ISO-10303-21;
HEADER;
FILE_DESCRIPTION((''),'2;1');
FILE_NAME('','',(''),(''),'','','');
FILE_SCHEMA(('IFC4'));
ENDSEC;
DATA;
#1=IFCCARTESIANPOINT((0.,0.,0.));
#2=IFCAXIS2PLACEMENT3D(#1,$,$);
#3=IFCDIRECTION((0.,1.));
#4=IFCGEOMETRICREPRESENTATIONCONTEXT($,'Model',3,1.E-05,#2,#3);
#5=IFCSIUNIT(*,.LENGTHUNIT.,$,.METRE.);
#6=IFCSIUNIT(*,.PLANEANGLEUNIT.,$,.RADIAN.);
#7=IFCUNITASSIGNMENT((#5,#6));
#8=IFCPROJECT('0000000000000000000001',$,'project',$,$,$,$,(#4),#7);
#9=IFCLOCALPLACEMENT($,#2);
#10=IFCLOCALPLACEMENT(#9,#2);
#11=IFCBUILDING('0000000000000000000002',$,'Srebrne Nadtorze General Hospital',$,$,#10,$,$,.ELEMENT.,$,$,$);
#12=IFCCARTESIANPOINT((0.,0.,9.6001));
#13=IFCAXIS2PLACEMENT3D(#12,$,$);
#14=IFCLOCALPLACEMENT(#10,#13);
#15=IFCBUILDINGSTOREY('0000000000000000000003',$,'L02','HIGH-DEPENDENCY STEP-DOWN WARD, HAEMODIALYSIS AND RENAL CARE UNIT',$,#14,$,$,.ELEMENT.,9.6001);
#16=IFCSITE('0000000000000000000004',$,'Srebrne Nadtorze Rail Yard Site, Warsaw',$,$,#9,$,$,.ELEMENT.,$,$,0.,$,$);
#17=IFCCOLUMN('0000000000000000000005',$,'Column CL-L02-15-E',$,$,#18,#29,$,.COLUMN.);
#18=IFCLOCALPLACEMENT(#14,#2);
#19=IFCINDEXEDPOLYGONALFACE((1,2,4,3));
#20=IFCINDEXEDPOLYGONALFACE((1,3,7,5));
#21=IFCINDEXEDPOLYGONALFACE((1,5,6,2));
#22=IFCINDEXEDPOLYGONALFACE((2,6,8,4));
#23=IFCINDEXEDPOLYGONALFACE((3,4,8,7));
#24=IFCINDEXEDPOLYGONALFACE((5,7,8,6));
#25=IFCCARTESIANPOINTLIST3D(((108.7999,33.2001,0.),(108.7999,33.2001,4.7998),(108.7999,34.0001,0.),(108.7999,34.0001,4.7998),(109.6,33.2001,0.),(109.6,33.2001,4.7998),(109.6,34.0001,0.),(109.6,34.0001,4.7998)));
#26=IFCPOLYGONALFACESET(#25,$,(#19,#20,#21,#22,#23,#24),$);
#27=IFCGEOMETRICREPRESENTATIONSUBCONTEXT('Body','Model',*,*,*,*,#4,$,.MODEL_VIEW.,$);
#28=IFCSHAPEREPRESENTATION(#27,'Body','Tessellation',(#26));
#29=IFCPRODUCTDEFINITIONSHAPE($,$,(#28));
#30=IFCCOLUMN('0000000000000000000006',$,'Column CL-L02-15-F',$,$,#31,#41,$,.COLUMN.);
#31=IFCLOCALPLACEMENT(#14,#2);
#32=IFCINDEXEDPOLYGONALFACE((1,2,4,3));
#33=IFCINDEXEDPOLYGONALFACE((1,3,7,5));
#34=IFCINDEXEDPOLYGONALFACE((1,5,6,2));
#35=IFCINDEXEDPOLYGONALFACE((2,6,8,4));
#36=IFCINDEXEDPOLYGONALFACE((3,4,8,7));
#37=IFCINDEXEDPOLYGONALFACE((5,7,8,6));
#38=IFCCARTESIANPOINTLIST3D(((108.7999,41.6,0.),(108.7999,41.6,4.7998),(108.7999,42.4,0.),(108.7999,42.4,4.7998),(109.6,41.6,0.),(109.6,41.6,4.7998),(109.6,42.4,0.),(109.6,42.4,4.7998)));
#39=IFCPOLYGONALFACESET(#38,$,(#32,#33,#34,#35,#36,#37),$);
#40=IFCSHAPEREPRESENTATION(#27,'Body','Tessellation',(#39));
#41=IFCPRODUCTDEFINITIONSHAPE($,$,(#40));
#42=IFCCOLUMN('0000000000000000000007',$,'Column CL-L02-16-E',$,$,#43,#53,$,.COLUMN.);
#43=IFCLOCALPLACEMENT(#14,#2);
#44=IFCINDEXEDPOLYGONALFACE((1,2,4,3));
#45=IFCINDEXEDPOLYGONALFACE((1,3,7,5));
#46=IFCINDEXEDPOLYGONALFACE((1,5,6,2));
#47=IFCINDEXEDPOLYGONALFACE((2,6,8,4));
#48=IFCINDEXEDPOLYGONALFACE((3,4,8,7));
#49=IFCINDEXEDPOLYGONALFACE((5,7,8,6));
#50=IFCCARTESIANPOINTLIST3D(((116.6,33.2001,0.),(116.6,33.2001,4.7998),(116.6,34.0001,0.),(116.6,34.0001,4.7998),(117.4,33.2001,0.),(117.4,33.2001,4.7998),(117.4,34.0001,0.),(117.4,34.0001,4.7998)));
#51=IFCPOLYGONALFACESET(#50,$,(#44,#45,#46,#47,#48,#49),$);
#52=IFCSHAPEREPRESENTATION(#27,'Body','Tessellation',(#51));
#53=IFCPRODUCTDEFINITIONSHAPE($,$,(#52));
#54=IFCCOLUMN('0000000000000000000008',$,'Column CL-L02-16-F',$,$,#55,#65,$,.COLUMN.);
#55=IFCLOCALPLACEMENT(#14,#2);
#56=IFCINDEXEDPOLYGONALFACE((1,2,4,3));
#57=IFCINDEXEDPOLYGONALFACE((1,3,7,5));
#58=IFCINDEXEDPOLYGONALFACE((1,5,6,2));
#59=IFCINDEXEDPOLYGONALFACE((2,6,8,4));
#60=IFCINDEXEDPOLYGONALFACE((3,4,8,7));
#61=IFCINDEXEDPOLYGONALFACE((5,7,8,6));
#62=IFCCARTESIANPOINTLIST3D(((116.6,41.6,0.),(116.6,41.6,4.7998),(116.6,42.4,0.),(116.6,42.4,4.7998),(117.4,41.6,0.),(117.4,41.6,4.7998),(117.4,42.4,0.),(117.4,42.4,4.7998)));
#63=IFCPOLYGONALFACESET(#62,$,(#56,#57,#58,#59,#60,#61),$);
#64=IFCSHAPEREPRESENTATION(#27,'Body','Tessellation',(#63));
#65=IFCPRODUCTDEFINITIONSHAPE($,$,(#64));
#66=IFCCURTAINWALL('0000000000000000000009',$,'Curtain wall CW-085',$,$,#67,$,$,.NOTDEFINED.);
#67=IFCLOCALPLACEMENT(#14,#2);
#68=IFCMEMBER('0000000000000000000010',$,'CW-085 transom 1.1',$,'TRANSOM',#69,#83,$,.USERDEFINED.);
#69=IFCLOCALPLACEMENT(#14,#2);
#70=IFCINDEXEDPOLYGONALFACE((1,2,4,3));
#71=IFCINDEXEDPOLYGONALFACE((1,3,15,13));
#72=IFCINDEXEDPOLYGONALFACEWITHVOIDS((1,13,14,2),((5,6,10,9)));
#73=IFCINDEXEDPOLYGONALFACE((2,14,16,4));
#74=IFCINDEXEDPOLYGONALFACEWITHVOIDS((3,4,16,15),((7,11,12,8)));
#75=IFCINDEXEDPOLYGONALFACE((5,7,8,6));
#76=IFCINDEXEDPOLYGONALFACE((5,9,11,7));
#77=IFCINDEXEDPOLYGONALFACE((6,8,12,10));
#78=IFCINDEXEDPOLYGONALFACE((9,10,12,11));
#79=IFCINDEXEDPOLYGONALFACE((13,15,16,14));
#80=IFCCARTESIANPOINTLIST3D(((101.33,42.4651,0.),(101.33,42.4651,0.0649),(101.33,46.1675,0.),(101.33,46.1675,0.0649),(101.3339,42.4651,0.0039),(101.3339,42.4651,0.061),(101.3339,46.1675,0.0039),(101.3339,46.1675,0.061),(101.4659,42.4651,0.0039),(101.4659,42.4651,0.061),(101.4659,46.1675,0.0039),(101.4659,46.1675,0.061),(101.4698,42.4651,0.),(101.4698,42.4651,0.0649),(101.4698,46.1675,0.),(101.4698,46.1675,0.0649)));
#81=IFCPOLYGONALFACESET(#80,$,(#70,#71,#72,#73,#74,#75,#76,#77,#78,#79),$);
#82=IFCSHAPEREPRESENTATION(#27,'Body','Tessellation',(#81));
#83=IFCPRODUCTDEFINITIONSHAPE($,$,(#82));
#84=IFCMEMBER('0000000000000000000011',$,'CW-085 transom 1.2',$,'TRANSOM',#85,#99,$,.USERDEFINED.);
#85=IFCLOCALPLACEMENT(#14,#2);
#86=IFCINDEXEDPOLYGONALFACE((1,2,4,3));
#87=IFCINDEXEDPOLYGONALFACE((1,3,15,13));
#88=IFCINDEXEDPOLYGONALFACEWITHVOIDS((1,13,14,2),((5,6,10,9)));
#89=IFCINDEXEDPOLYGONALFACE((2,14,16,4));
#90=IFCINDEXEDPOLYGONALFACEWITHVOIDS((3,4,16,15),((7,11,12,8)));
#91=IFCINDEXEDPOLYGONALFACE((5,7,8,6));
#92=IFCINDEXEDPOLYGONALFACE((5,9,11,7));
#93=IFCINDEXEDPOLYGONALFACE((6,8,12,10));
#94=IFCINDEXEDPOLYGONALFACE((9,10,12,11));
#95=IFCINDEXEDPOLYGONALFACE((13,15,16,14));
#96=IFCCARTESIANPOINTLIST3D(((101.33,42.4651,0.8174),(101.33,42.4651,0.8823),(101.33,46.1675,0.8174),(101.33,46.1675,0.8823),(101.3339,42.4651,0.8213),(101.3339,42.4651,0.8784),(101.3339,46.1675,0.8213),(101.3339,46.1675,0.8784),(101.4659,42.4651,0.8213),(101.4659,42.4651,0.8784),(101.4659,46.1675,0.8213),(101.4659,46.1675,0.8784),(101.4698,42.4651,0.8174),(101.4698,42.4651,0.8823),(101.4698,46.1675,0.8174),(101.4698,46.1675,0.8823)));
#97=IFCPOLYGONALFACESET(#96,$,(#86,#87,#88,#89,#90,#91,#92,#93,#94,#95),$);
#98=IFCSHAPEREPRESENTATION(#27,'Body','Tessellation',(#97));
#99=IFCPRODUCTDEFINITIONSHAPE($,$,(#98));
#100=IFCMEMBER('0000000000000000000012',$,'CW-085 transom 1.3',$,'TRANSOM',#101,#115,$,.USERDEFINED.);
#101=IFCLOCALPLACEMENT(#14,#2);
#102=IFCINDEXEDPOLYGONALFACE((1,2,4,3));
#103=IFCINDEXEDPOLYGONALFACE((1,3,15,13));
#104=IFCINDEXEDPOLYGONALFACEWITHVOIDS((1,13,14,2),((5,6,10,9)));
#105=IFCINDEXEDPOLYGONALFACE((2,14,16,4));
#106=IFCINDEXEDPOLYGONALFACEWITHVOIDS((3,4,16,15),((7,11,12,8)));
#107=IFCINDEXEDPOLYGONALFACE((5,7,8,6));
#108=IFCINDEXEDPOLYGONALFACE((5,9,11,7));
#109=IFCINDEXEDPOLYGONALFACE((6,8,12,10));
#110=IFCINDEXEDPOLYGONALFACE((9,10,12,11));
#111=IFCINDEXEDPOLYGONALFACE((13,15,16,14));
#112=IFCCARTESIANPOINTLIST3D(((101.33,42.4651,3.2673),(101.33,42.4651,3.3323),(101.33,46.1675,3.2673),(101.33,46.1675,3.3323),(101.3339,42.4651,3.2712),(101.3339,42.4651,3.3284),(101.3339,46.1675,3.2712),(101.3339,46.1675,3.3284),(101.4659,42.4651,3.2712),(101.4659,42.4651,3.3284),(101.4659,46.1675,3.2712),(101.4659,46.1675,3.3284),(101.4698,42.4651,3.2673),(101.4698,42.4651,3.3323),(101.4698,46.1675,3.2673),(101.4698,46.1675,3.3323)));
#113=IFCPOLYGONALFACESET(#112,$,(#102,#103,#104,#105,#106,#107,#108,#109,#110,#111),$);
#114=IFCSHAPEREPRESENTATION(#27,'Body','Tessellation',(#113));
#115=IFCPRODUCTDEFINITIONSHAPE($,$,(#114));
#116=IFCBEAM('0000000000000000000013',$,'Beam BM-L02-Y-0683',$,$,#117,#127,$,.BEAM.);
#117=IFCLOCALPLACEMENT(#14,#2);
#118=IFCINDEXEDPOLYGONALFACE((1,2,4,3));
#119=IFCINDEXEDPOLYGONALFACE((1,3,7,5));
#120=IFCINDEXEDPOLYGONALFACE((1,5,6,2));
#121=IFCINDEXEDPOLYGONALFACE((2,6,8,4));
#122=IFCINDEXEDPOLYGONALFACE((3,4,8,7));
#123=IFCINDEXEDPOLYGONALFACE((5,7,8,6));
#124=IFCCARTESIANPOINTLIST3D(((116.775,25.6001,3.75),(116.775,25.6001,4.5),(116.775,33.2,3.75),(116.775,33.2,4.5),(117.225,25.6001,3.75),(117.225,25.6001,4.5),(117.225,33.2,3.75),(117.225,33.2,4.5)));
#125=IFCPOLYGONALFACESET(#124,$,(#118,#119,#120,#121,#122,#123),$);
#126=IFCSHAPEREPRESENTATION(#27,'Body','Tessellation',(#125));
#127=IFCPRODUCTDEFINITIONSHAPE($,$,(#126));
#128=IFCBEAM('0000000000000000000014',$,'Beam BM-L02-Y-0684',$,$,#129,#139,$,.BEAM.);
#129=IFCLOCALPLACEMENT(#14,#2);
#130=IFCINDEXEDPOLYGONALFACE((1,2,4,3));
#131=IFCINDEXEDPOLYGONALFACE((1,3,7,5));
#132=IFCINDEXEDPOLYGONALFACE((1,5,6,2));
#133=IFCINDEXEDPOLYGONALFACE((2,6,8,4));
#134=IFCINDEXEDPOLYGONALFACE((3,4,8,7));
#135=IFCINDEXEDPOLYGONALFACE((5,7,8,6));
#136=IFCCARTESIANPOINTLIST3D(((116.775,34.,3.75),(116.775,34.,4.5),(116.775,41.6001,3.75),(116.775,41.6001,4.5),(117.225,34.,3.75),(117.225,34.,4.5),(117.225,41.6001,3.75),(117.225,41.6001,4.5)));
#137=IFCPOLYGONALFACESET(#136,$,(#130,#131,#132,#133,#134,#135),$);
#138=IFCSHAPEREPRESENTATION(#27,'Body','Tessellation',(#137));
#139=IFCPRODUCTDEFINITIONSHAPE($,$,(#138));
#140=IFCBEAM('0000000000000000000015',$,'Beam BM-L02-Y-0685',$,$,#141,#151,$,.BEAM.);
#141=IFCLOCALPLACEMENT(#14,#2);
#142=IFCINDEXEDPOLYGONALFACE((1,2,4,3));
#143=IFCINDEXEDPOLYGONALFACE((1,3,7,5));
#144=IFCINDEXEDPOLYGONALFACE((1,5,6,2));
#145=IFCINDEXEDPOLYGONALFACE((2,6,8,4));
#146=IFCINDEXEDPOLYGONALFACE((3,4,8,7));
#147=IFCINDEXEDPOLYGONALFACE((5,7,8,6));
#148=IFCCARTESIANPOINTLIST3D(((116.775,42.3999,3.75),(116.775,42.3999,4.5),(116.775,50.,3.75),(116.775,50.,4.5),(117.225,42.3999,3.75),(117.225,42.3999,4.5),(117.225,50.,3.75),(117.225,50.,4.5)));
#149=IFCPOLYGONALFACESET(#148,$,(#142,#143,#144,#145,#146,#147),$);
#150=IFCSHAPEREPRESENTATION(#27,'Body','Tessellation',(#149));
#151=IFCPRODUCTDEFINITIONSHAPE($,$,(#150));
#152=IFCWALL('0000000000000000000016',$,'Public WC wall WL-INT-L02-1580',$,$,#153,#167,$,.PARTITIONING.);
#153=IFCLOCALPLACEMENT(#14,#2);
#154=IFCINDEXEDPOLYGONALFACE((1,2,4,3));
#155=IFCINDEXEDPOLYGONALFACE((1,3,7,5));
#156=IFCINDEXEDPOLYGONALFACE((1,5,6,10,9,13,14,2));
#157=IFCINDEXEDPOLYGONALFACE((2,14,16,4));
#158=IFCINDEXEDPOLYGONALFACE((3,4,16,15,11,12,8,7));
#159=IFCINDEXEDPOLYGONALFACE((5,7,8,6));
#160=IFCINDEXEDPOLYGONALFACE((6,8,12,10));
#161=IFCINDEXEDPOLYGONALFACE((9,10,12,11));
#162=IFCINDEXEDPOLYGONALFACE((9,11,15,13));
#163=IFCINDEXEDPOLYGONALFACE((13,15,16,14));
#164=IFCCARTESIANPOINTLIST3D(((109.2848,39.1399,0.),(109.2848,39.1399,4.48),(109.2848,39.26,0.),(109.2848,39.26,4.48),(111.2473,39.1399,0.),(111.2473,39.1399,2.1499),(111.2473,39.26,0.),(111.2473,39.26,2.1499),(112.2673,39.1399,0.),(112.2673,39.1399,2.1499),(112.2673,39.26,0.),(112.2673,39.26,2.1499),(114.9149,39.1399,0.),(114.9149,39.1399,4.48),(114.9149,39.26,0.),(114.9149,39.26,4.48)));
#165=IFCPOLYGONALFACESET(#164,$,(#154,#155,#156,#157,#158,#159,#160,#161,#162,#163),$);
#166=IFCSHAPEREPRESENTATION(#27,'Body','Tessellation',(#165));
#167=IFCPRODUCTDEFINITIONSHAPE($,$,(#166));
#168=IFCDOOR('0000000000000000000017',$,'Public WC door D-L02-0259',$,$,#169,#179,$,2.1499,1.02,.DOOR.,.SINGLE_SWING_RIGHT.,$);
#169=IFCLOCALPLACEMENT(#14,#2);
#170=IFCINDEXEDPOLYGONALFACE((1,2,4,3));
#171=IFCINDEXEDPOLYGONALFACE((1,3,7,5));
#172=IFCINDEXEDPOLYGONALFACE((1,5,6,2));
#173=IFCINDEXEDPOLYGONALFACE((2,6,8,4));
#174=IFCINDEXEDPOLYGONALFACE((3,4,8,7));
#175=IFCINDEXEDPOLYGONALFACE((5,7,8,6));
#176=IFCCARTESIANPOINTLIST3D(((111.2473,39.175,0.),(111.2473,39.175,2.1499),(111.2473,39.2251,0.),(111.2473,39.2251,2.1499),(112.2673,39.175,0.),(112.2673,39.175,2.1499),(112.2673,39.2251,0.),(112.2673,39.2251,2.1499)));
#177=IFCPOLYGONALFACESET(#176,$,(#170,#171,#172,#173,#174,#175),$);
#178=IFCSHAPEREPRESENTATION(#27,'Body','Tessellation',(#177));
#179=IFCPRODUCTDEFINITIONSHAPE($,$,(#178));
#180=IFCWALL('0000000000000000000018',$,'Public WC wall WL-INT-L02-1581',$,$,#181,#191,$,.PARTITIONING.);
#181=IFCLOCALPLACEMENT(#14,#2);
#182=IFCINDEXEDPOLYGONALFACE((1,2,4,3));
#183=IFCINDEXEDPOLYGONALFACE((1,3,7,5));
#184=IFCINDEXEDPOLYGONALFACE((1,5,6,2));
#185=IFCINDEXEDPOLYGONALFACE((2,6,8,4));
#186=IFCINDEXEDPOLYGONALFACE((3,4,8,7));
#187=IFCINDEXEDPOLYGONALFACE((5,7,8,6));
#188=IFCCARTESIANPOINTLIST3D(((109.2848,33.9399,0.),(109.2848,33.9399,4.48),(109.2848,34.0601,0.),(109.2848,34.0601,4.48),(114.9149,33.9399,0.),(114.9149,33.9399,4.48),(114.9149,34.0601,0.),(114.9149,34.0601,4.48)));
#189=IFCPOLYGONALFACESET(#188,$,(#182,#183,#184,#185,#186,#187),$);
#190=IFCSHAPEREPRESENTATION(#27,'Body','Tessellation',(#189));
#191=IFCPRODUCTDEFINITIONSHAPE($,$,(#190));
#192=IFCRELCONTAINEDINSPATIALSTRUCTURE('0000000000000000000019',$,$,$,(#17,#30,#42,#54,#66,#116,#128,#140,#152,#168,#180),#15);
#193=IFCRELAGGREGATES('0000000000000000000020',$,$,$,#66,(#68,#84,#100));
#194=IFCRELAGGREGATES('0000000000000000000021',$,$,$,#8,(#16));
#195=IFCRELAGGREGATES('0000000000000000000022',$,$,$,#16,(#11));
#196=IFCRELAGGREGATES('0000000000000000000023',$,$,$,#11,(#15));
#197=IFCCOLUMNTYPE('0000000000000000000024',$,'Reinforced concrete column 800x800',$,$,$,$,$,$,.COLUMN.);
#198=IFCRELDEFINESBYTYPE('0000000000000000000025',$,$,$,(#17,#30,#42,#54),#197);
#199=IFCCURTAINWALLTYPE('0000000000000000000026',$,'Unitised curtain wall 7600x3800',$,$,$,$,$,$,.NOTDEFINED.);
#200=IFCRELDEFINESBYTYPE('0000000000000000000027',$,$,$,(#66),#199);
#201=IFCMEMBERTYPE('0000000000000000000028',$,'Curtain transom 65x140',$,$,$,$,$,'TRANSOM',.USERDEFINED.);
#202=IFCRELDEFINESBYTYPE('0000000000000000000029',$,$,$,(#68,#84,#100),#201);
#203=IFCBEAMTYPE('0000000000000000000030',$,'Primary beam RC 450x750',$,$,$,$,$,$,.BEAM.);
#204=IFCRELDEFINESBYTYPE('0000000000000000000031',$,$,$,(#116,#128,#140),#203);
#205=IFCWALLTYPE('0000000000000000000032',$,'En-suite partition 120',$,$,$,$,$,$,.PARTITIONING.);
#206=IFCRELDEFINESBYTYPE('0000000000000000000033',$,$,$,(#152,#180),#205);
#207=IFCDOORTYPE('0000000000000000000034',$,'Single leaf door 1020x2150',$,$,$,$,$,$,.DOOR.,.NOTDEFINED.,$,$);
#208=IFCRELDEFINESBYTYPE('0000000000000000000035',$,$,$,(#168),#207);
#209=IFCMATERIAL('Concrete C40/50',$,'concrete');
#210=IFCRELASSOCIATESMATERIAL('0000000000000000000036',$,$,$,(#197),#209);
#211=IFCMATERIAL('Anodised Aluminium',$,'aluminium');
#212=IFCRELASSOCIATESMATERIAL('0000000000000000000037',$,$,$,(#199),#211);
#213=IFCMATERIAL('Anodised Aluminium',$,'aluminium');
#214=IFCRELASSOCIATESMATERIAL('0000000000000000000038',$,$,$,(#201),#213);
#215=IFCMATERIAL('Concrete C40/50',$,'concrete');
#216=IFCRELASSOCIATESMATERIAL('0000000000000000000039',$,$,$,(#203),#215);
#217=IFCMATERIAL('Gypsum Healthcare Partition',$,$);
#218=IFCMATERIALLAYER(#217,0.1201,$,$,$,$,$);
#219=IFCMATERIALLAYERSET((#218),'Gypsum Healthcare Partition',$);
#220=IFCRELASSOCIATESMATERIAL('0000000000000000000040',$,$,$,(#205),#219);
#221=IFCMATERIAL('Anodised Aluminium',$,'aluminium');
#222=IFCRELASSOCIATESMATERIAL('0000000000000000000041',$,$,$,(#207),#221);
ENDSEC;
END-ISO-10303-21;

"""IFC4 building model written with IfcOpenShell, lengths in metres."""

from ifc_helpers import new_model, si_unit, direction, frame, frame_2d, origin, origin_2d, place, context, subcontext, project, spatial, rectangle, hollow_rectangle, extrude, material, layer, layer_set, material_profile, profile_set, type_object, element, fill, aggregate, save


model = new_model("IFC4")

# Units and contexts
model_context = context("Model", 3, precision=1e-05, world=origin(), true_north=direction((0.0, 1.0)))
body_context = subcontext(model_context, "Body", "Model", "MODEL_VIEW")
ifc_project = project(units=[si_unit("LENGTHUNIT", "METRE"), si_unit("PLANEANGLEUNIT", "RADIAN")], contexts=[model_context])

# Site, building, storey
site_placement = place(None, origin())
site = spatial("IfcSite", under=ifc_project, at=site_placement, Name="Srebrne Nadtorze Rail Yard Site, Warsaw", CompositionType="ELEMENT", RefElevation=0.0)
building_placement = place(site_placement, origin())
building = spatial("IfcBuilding", under=site, at=building_placement, Name="Srebrne Nadtorze General Hospital", CompositionType="ELEMENT")
storey_placement = place(building_placement, frame((0.0, 0.0, 9.6001)))
storey = spatial("IfcBuildingStorey", under=building, at=storey_placement, Name="L02", Description="HIGH-DEPENDENCY STEP-DOWN WARD, HAEMODIALYSIS AND RENAL CARE UNIT", CompositionType="ELEMENT", Elevation=9.6001)

# Columns
ifc_material_1 = material(Name="Concrete C40/50", Category="concrete")
ifc_material_profile_1 = material_profile(ifc_material_1, rectangle(XDim=0.8, YDim=0.8, at=origin_2d()), Name="RC-COL-800x800")
ifc_profile_set_1 = profile_set([ifc_material_profile_1], Name="Concrete C40/50")
column_type = type_object("IfcColumnType", Name="Reinforced concrete column 800x800", PredefinedType="COLUMN", material=ifc_profile_set_1)
for number, where, z_axis, x_axis, name in (
    (1, (109.2, 33.6001, 0.0), (0.0, 0.0, 1.0), (1.0, 0.0, 0.0), "Column CL-L02-15-E"),
    (2, (109.2, 42.0, 0.0), (0.0, 0.0, 1.0), (1.0, 0.0, 0.0), "Column CL-L02-15-F"),
    (3, (117.0, 33.6001, 0.0), (0.0, 0.0, 1.0), (1.0, 0.0, 0.0), "Column CL-L02-16-E"),
    (4, (117.0, 42.0, 0.0), (0.0, 0.0, 1.0), (1.0, 0.0, 0.0), "Column CL-L02-16-F"),
):
    element("IfcColumn", number, at=place(storey_placement, frame(where, z_axis=z_axis, x_axis=x_axis)), inside=storey, type_object=column_type, Name=name, PredefinedType="COLUMN", context=body_context, shape_type="SweptSolid", body=[
        extrude(rectangle(XDim=0.8, YDim=0.8, at=origin_2d()), origin(), (0.0, 0.0, 1.0), 4.7998),
    ])

# Curtain wall, members
ifc_material_2 = material(Name="Anodised Aluminium", Category="aluminium")
curtain_wall_type = type_object("IfcCurtainWallType", Name="Unitised curtain wall 7600x3800", PredefinedType="NOTDEFINED", material=ifc_material_2)
curtain_wall_placement = place(storey_placement, origin())
curtain_wall = element("IfcCurtainWall", 5, at=curtain_wall_placement, inside=storey, type_object=curtain_wall_type, Name="Curtain wall CW-085", PredefinedType="NOTDEFINED")
ifc_material_3 = material(Name="Anodised Aluminium", Category="aluminium")
ifc_material_profile_2 = material_profile(ifc_material_3, hollow_rectangle(XDim=0.0649, YDim=0.1399, WallThickness=0.0039, at=origin_2d()), Name="AL-TRN-65x140")
ifc_profile_set_2 = profile_set([ifc_material_profile_2], Name="Anodised Aluminium")
member_type = type_object("IfcMemberType", Name="Curtain transom 65x140", ElementType="TRANSOM", PredefinedType="USERDEFINED", material=ifc_profile_set_2)
member_1_placement = place(storey_placement, frame((101.3999, 42.4651, 0.0325), z_axis=(0.0, 1.0, 0.0), x_axis=(0.0, 0.0, 1.0)))
member_1 = element("IfcMember", 6, at=member_1_placement, type_object=member_type, Name="CW-085 transom 1.1", ObjectType="TRANSOM", PredefinedType="USERDEFINED", context=body_context, shape_type="SweptSolid", body=[
    extrude(hollow_rectangle(XDim=0.0649, YDim=0.1399, WallThickness=0.0039, at=origin_2d()), origin(), (0.0, 0.0, 1.0), 3.7024),
])
member_2_placement = place(storey_placement, frame((101.3999, 42.4651, 0.8499), z_axis=(0.0, 1.0, 0.0), x_axis=(0.0, 0.0, 1.0)))
member_2 = element("IfcMember", 7, at=member_2_placement, type_object=member_type, Name="CW-085 transom 1.2", ObjectType="TRANSOM", PredefinedType="USERDEFINED", context=body_context, shape_type="SweptSolid", body=[
    extrude(hollow_rectangle(XDim=0.0649, YDim=0.1399, WallThickness=0.0039, at=origin_2d()), origin(), (0.0, 0.0, 1.0), 3.7024),
])
member_3_placement = place(storey_placement, frame((101.3999, 42.4651, 3.2998), z_axis=(0.0, 1.0, 0.0), x_axis=(0.0, 0.0, 1.0)))
member_3 = element("IfcMember", 8, at=member_3_placement, type_object=member_type, Name="CW-085 transom 1.3", ObjectType="TRANSOM", PredefinedType="USERDEFINED", context=body_context, shape_type="SweptSolid", body=[
    extrude(hollow_rectangle(XDim=0.0649, YDim=0.1399, WallThickness=0.0039, at=origin_2d()), origin(), (0.0, 0.0, 1.0), 3.7024),
])
aggregate(curtain_wall, [member_1, member_2, member_3])

# Beams
ifc_material_4 = material(Name="Concrete C40/50", Category="concrete")
ifc_material_profile_3 = material_profile(ifc_material_4, rectangle(XDim=0.45, YDim=0.75, at=origin_2d()), Name="RC-BM-450x750")
ifc_profile_set_3 = profile_set([ifc_material_profile_3], Name="Concrete C40/50")
beam_type = type_object("IfcBeamType", Name="Primary beam RC 450x750", PredefinedType="BEAM", material=ifc_profile_set_3)
beam_placement = place(storey_placement, frame((117.0, 25.6001, 4.125), z_axis=(0.0, 1.0, 0.0), x_axis=(-1.0, 0.0, 0.0)))
element("IfcBeam", 9, at=beam_placement, inside=storey, type_object=beam_type, Name="Beam BM-L02-Y-0683", PredefinedType="BEAM", context=body_context, shape_type="SweptSolid", body=[
    extrude(rectangle(XDim=0.45, YDim=0.75, at=origin_2d()), origin(), (0.0, 0.0, 1.0), 7.5999),
])
for number, where, z_axis, x_axis, name in (
    (10, (117.0, 34.0, 4.125), (0.0, 1.0, 0.0), (-1.0, 0.0, 0.0), "Beam BM-L02-Y-0684"),
    (11, (117.0, 42.3999, 4.125), (0.0, 1.0, 0.0), (-1.0, 0.0, 0.0), "Beam BM-L02-Y-0685"),
):
    element("IfcBeam", number, at=place(storey_placement, frame(where, z_axis=z_axis, x_axis=x_axis)), inside=storey, type_object=beam_type, Name=name, PredefinedType="BEAM", context=body_context, shape_type="SweptSolid", body=[
        extrude(rectangle(XDim=0.45, YDim=0.75, at=origin_2d()), origin(), (0.0, 0.0, 1.0), 7.6001),
    ])

# Wall, opening, door
ifc_material_5 = material(Name="Gypsum Healthcare Partition")
ifc_layer_1 = layer(ifc_material_5, 0.1201)
ifc_layer_set_1 = layer_set([ifc_layer_1], Name="Gypsum Healthcare Partition")
wall_type_1 = type_object("IfcWallType", Name="En-suite partition 120", PredefinedType="PARTITIONING", material=ifc_layer_set_1)
wall_1_placement = place(storey_placement, frame((109.2849, 39.2, 0.0), z_axis=(0.0, 0.0, 1.0), x_axis=(1.0, 0.0, 0.0)))
wall_1 = element("IfcWall", 12, at=wall_1_placement, inside=storey, type_object=wall_type_1, Name="Public WC wall WL-INT-L02-1580", PredefinedType="PARTITIONING", context=body_context, shape_type="SweptSolid", body=[
    extrude(rectangle(XDim=5.6301, YDim=0.1201, at=frame_2d((2.8149, 0.0))), origin(), (0.0, 0.0, 1.0), 4.48),
])
opening_1_placement = place(wall_1_placement, frame((1.9624, 0.0, 0.0)))
opening_1 = element("IfcOpeningElement", 13, at=opening_1_placement, cuts=wall_1, PredefinedType="OPENING", context=body_context, shape_type="SweptSolid", body=[
    extrude(rectangle(XDim=1.02, YDim=2.1499, at=frame_2d((0.51, 1.075))), frame((0.0, 0.072, 0.0), z_axis=(0.0, -1.0, 0.0), x_axis=(1.0, 0.0, 0.0)), (0.0, 0.0, 1.0), 0.144),
])
ifc_material_6 = material(Name="Anodised Aluminium", Category="aluminium")
door_type_1 = type_object("IfcDoorType", Name="Single leaf door 1020x2150", OperationType="NOTDEFINED", PredefinedType="DOOR", material=ifc_material_6)
door_1_placement = place(opening_1_placement, frame((1.02, 0.0, 0.0), z_axis=(0.0, 0.0, 1.0), x_axis=(-1.0, 0.0, 0.0)))
door_1 = element("IfcDoor", 14, at=door_1_placement, inside=storey, type_object=door_type_1, Name="Public WC door D-L02-0259", OperationType="SINGLE_SWING_RIGHT", OverallHeight=2.1499, OverallWidth=1.02, PredefinedType="DOOR", context=body_context, shape_type="SweptSolid", body=[
    extrude(rectangle(XDim=1.02, YDim=2.1499, at=frame_2d((0.51, 1.075))), frame((0.0, 0.0249, 0.0), z_axis=(0.0, -1.0, 0.0), x_axis=(1.0, 0.0, 0.0)), (0.0, 0.0, 1.0), 0.05),
])
fill(opening_1, door_1)

# Wall
wall_2_placement = place(storey_placement, frame((109.2849, 34.0, 0.0), z_axis=(0.0, 0.0, 1.0), x_axis=(1.0, 0.0, 0.0)))
element("IfcWall", 15, at=wall_2_placement, inside=storey, type_object=wall_type_1, Name="Public WC wall WL-INT-L02-1581", PredefinedType="PARTITIONING", context=body_context, shape_type="SweptSolid", body=[
    extrude(rectangle(XDim=5.6301, YDim=0.1201, at=frame_2d((2.8149, 0.0))), origin(), (0.0, 0.0, 1.0), 4.48),
])

save(model, "model.ifc")
